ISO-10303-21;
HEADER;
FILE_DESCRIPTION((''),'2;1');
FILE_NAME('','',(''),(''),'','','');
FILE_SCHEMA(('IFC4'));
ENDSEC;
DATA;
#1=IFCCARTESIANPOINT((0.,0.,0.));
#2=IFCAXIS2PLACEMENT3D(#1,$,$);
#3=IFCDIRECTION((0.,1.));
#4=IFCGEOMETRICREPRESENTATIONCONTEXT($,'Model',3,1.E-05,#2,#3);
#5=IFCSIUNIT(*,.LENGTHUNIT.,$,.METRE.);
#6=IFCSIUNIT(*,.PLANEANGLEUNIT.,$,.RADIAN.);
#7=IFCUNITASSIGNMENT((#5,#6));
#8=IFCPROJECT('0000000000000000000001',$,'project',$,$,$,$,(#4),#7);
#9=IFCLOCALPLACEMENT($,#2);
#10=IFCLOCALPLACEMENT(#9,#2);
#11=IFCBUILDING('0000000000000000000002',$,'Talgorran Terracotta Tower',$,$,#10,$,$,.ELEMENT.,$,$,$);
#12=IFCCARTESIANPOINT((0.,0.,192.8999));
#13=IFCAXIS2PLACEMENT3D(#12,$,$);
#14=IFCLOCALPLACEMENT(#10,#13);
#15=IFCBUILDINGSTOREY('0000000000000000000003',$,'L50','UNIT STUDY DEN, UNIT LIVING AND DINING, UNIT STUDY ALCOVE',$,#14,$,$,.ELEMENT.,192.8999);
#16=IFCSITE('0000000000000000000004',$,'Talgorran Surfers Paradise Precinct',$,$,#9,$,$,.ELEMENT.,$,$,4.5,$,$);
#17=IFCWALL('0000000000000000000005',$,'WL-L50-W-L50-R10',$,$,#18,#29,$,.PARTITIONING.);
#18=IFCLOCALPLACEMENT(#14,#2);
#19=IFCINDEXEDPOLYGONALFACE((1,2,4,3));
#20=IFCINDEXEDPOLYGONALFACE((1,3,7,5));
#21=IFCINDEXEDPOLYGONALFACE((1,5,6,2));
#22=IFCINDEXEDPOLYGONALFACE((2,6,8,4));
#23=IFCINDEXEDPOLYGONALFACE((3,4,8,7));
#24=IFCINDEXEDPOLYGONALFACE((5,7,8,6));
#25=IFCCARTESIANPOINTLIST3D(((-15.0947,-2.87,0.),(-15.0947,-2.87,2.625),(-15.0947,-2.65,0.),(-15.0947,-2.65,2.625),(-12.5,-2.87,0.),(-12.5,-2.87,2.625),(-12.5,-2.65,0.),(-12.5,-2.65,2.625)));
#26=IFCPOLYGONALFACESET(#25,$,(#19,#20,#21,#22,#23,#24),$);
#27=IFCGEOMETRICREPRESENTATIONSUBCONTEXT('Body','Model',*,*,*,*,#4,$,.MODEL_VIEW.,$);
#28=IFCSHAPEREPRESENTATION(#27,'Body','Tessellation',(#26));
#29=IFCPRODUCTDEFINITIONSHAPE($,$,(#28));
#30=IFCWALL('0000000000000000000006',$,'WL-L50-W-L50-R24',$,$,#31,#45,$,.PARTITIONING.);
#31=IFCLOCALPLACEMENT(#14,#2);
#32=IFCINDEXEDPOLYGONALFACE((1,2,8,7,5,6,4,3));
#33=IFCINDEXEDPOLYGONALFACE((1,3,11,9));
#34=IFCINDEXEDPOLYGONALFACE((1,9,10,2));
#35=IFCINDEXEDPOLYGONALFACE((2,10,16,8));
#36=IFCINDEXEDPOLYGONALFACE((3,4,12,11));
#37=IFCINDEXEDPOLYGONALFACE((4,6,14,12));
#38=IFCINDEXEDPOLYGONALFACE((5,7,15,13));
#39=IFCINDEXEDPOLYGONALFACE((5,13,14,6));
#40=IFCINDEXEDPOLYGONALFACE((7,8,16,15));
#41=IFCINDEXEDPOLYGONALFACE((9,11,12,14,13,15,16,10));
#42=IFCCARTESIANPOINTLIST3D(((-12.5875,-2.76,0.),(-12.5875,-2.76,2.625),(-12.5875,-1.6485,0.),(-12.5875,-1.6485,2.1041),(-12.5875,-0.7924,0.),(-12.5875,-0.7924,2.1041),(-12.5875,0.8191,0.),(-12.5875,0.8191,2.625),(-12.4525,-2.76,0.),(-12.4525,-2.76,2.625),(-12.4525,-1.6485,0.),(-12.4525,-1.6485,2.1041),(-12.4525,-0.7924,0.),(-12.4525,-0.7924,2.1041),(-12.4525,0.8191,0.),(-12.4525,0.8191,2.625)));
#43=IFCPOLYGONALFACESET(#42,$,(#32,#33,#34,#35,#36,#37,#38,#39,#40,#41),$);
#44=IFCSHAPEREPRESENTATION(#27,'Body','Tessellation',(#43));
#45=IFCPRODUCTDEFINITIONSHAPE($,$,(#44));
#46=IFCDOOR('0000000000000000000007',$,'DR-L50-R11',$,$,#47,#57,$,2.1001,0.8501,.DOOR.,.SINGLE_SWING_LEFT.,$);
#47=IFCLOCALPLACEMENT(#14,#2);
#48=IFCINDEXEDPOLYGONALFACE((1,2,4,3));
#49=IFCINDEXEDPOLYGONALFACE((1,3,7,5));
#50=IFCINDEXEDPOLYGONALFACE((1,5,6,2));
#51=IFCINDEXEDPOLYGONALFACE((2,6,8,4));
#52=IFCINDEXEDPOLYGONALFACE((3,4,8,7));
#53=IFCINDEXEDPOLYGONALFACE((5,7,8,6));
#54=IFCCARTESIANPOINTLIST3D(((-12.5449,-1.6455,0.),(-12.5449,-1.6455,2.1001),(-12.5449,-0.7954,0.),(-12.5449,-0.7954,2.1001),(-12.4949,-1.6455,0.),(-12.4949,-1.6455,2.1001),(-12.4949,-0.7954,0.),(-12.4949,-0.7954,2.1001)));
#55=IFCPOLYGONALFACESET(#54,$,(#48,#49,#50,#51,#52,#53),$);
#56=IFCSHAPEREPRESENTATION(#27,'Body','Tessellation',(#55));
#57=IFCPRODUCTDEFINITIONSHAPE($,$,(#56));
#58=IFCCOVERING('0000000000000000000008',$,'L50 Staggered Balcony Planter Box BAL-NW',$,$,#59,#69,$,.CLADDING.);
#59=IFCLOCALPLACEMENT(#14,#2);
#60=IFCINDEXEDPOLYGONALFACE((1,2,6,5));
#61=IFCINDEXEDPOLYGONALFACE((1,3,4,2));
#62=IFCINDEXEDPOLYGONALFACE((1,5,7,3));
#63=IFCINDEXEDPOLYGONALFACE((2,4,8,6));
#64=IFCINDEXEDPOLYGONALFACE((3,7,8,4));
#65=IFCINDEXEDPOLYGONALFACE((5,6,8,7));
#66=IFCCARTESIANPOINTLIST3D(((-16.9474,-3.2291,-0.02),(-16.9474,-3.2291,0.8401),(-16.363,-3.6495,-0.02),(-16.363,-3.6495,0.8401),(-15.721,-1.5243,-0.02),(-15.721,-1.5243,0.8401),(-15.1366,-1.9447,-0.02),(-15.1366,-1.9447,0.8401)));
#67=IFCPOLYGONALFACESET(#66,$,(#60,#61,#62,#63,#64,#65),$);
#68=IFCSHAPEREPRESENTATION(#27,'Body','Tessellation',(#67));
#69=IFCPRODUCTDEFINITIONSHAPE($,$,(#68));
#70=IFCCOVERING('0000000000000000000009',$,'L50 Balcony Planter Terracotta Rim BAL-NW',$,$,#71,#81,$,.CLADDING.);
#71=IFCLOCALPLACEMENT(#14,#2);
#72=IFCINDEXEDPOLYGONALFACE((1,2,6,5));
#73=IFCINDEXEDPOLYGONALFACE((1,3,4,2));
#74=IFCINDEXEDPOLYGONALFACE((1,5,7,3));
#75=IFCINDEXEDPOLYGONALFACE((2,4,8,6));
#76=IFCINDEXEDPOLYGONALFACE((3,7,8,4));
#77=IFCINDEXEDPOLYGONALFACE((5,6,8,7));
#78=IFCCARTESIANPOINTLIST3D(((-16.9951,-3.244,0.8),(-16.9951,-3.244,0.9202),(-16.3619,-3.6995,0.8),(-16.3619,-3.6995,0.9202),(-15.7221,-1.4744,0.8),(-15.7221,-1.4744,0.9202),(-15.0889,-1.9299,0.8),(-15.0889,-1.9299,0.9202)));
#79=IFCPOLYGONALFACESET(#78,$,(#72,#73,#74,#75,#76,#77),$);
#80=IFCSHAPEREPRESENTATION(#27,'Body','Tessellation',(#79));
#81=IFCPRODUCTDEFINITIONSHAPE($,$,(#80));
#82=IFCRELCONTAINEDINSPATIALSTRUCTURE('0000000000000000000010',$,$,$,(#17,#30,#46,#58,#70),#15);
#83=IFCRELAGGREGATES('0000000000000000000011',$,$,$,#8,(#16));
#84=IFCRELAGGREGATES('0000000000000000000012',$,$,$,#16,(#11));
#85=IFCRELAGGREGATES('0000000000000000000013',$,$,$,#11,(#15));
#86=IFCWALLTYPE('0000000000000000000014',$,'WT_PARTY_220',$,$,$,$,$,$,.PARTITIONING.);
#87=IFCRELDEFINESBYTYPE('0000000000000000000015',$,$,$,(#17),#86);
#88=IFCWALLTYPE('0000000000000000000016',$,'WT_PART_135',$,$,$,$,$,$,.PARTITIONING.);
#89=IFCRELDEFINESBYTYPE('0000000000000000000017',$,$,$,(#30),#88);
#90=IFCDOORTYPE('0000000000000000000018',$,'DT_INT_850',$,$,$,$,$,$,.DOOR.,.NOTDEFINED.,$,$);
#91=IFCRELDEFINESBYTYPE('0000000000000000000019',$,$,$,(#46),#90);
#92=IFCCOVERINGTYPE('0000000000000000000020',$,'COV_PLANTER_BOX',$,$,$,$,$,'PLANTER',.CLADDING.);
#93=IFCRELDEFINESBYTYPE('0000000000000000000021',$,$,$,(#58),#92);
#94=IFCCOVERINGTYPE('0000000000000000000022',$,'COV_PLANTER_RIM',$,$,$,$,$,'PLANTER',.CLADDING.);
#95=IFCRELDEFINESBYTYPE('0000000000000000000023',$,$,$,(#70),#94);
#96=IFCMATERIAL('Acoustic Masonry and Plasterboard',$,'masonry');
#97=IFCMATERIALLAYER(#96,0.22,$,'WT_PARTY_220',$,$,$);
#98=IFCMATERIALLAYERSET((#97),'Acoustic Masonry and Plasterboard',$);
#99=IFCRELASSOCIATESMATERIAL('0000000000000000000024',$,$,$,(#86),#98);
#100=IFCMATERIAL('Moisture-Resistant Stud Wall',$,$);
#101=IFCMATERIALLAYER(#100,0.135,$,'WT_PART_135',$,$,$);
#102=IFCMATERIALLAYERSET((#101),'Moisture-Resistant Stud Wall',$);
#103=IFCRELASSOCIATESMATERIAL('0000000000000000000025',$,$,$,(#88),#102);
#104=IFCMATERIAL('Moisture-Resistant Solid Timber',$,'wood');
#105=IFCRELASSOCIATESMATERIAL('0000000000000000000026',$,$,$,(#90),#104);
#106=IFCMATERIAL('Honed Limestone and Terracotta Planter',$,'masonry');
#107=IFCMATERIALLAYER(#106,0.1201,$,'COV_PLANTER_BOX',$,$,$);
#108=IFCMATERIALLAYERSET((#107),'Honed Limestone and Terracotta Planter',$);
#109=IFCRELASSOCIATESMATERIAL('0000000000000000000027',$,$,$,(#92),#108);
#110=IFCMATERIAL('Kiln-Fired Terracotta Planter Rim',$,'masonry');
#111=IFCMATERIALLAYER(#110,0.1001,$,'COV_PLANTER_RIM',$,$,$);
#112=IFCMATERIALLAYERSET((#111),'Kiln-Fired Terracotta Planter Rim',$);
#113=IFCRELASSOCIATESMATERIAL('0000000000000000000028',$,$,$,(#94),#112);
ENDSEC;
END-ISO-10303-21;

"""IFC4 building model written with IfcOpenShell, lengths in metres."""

from ifc_helpers import new_model, si_unit, direction, frame, frame_2d, origin, origin_2d, place, context, subcontext, project, spatial, rectangle, extrude, material, layer, layer_set, type_object, element, fill, save


model = new_model("IFC4")

# Units and contexts
model_context = context("Model", 3, precision=1e-05, world=origin(), true_north=direction((0.0, 1.0)))
body_context = subcontext(model_context, "Body", "Model", "MODEL_VIEW")
ifc_project = project(units=[si_unit("LENGTHUNIT", "METRE"), si_unit("PLANEANGLEUNIT", "RADIAN")], contexts=[model_context])

# Site, building, storey
site_placement = place(None, origin())
site = spatial("IfcSite", under=ifc_project, at=site_placement, Name="Talgorran Surfers Paradise Precinct", CompositionType="ELEMENT", RefElevation=4.5)
building_placement = place(site_placement, origin())
building = spatial("IfcBuilding", under=site, at=building_placement, Name="Talgorran Terracotta Tower", CompositionType="ELEMENT")
storey_placement = place(building_placement, frame((0.0, 0.0, 192.8999)))
storey = spatial("IfcBuildingStorey", under=building, at=storey_placement, Name="L50", Description="UNIT STUDY DEN, UNIT LIVING AND DINING, UNIT STUDY ALCOVE", CompositionType="ELEMENT", Elevation=192.8999)

# Wall
ifc_material_1 = material(Name="Acoustic Masonry and Plasterboard", Category="masonry")
ifc_layer_1 = layer(ifc_material_1, 0.22, Name="WT_PARTY_220")
ifc_layer_set_1 = layer_set([ifc_layer_1], Name="Acoustic Masonry and Plasterboard")
wall_type_1 = type_object("IfcWallType", Name="WT_PARTY_220", PredefinedType="PARTITIONING", material=ifc_layer_set_1)
wall_1_placement = place(storey_placement, frame((-15.0947, -2.76, 0.0), z_axis=(0.0, 0.0, 1.0), x_axis=(1.0, 0.0, 0.0)))
element("IfcWall", 1, at=wall_1_placement, inside=storey, type_object=wall_type_1, Name="WL-L50-W-L50-R10", PredefinedType="PARTITIONING", context=body_context, shape_type="SweptSolid", body=[
    extrude(rectangle(XDim=2.5947, YDim=0.22, at=frame_2d((1.2974, 0.0))), origin(), (0.0, 0.0, 1.0), 2.625),
])

# Wall, opening, door
ifc_material_2 = material(Name="Moisture-Resistant Stud Wall")
ifc_layer_2 = layer(ifc_material_2, 0.135, Name="WT_PART_135")
ifc_layer_set_2 = layer_set([ifc_layer_2], Name="Moisture-Resistant Stud Wall")
wall_type_2 = type_object("IfcWallType", Name="WT_PART_135", PredefinedType="PARTITIONING", material=ifc_layer_set_2)
wall_2_placement = place(storey_placement, frame((-12.52, -2.76, 0.0), z_axis=(0.0, 0.0, 1.0), x_axis=(0.0, 1.0, 0.0)))
wall_2 = element("IfcWall", 2, at=wall_2_placement, inside=storey, type_object=wall_type_2, Name="WL-L50-W-L50-R24", PredefinedType="PARTITIONING", context=body_context, shape_type="SweptSolid", body=[
    extrude(rectangle(XDim=3.5791, YDim=0.135, at=frame_2d((1.7896, 0.0))), origin(), (0.0, 0.0, 1.0), 2.625),
])
opening_1_placement = place(wall_2_placement, frame((1.1145, 0.0, 0.0)))
opening_1 = element("IfcOpeningElement", 3, at=opening_1_placement, cuts=wall_2, PredefinedType="OPENING", context=body_context, shape_type="SweptSolid", body=[
    extrude(rectangle(XDim=0.8561, YDim=2.1041, at=frame_2d((0.425, 1.052))), frame((0.0, 0.0776, 0.0), z_axis=(0.0, -1.0, 0.0), x_axis=(1.0, 0.0, 0.0)), (0.0, 0.0, 1.0), 0.155),
])
ifc_material_3 = material(Name="Moisture-Resistant Solid Timber", Category="wood")
door_type_1 = type_object("IfcDoorType", Name="DT_INT_850", OperationType="NOTDEFINED", PredefinedType="DOOR", material=ifc_material_3)
door_1_placement = place(opening_1_placement, origin())
door_1 = element("IfcDoor", 4, at=door_1_placement, inside=storey, type_object=door_type_1, Name="DR-L50-R11", OperationType="SINGLE_SWING_LEFT", OverallHeight=2.1001, OverallWidth=0.8501, PredefinedType="DOOR", context=body_context, shape_type="SweptSolid", body=[
    extrude(rectangle(XDim=0.8501, YDim=2.1001, at=frame_2d((0.425, 1.05))), frame((0.0, 0.0249, 0.0), z_axis=(0.0, -1.0, 0.0), x_axis=(1.0, 0.0, 0.0)), (0.0, 0.0, 1.0), 0.05),
])
fill(opening_1, door_1)

# Coverings
ifc_material_4 = material(Name="Honed Limestone and Terracotta Planter", Category="masonry")
ifc_layer_3 = layer(ifc_material_4, 0.1201, Name="COV_PLANTER_BOX")
ifc_layer_set_3 = layer_set([ifc_layer_3], Name="Honed Limestone and Terracotta Planter")
covering_type_1 = type_object("IfcCoveringType", Name="COV_PLANTER_BOX", ElementType="PLANTER", PredefinedType="CLADDING", material=ifc_layer_set_3)
covering_1_placement = place(storey_placement, frame((-16.042, -2.5869, -0.02), z_axis=(0.0, 0.0, 1.0), x_axis=(-0.583981, -0.811768, 0.0)))
element("IfcCovering", 5, at=covering_1_placement, inside=storey, type_object=covering_type_1, Name="L50 Staggered Balcony Planter Box BAL-NW", PredefinedType="CLADDING", context=body_context, shape_type="SweptSolid", body=[
    extrude(rectangle(XDim=2.1001, YDim=0.72, at=origin_2d()), origin(), (0.0, 0.0, 1.0), 0.8601),
])
ifc_material_5 = material(Name="Kiln-Fired Terracotta Planter Rim", Category="masonry")
ifc_layer_4 = layer(ifc_material_5, 0.1001, Name="COV_PLANTER_RIM")
ifc_layer_set_4 = layer_set([ifc_layer_4], Name="Kiln-Fired Terracotta Planter Rim")
covering_type_2 = type_object("IfcCoveringType", Name="COV_PLANTER_RIM", ElementType="PLANTER", PredefinedType="CLADDING", material=ifc_layer_set_4)
covering_2_placement = place(storey_placement, frame((-16.042, -2.5869, 0.8), z_axis=(0.0, 0.0, 1.0), x_axis=(-0.583981, -0.811768, 0.0)))
element("IfcCovering", 6, at=covering_2_placement, inside=storey, type_object=covering_type_2, Name="L50 Balcony Planter Terracotta Rim BAL-NW", PredefinedType="CLADDING", context=body_context, shape_type="SweptSolid", body=[
    extrude(rectangle(XDim=2.1799, YDim=0.78, at=origin_2d()), origin(), (0.0, 0.0, 1.0), 0.1201),
])

save(model, "model.ifc")
